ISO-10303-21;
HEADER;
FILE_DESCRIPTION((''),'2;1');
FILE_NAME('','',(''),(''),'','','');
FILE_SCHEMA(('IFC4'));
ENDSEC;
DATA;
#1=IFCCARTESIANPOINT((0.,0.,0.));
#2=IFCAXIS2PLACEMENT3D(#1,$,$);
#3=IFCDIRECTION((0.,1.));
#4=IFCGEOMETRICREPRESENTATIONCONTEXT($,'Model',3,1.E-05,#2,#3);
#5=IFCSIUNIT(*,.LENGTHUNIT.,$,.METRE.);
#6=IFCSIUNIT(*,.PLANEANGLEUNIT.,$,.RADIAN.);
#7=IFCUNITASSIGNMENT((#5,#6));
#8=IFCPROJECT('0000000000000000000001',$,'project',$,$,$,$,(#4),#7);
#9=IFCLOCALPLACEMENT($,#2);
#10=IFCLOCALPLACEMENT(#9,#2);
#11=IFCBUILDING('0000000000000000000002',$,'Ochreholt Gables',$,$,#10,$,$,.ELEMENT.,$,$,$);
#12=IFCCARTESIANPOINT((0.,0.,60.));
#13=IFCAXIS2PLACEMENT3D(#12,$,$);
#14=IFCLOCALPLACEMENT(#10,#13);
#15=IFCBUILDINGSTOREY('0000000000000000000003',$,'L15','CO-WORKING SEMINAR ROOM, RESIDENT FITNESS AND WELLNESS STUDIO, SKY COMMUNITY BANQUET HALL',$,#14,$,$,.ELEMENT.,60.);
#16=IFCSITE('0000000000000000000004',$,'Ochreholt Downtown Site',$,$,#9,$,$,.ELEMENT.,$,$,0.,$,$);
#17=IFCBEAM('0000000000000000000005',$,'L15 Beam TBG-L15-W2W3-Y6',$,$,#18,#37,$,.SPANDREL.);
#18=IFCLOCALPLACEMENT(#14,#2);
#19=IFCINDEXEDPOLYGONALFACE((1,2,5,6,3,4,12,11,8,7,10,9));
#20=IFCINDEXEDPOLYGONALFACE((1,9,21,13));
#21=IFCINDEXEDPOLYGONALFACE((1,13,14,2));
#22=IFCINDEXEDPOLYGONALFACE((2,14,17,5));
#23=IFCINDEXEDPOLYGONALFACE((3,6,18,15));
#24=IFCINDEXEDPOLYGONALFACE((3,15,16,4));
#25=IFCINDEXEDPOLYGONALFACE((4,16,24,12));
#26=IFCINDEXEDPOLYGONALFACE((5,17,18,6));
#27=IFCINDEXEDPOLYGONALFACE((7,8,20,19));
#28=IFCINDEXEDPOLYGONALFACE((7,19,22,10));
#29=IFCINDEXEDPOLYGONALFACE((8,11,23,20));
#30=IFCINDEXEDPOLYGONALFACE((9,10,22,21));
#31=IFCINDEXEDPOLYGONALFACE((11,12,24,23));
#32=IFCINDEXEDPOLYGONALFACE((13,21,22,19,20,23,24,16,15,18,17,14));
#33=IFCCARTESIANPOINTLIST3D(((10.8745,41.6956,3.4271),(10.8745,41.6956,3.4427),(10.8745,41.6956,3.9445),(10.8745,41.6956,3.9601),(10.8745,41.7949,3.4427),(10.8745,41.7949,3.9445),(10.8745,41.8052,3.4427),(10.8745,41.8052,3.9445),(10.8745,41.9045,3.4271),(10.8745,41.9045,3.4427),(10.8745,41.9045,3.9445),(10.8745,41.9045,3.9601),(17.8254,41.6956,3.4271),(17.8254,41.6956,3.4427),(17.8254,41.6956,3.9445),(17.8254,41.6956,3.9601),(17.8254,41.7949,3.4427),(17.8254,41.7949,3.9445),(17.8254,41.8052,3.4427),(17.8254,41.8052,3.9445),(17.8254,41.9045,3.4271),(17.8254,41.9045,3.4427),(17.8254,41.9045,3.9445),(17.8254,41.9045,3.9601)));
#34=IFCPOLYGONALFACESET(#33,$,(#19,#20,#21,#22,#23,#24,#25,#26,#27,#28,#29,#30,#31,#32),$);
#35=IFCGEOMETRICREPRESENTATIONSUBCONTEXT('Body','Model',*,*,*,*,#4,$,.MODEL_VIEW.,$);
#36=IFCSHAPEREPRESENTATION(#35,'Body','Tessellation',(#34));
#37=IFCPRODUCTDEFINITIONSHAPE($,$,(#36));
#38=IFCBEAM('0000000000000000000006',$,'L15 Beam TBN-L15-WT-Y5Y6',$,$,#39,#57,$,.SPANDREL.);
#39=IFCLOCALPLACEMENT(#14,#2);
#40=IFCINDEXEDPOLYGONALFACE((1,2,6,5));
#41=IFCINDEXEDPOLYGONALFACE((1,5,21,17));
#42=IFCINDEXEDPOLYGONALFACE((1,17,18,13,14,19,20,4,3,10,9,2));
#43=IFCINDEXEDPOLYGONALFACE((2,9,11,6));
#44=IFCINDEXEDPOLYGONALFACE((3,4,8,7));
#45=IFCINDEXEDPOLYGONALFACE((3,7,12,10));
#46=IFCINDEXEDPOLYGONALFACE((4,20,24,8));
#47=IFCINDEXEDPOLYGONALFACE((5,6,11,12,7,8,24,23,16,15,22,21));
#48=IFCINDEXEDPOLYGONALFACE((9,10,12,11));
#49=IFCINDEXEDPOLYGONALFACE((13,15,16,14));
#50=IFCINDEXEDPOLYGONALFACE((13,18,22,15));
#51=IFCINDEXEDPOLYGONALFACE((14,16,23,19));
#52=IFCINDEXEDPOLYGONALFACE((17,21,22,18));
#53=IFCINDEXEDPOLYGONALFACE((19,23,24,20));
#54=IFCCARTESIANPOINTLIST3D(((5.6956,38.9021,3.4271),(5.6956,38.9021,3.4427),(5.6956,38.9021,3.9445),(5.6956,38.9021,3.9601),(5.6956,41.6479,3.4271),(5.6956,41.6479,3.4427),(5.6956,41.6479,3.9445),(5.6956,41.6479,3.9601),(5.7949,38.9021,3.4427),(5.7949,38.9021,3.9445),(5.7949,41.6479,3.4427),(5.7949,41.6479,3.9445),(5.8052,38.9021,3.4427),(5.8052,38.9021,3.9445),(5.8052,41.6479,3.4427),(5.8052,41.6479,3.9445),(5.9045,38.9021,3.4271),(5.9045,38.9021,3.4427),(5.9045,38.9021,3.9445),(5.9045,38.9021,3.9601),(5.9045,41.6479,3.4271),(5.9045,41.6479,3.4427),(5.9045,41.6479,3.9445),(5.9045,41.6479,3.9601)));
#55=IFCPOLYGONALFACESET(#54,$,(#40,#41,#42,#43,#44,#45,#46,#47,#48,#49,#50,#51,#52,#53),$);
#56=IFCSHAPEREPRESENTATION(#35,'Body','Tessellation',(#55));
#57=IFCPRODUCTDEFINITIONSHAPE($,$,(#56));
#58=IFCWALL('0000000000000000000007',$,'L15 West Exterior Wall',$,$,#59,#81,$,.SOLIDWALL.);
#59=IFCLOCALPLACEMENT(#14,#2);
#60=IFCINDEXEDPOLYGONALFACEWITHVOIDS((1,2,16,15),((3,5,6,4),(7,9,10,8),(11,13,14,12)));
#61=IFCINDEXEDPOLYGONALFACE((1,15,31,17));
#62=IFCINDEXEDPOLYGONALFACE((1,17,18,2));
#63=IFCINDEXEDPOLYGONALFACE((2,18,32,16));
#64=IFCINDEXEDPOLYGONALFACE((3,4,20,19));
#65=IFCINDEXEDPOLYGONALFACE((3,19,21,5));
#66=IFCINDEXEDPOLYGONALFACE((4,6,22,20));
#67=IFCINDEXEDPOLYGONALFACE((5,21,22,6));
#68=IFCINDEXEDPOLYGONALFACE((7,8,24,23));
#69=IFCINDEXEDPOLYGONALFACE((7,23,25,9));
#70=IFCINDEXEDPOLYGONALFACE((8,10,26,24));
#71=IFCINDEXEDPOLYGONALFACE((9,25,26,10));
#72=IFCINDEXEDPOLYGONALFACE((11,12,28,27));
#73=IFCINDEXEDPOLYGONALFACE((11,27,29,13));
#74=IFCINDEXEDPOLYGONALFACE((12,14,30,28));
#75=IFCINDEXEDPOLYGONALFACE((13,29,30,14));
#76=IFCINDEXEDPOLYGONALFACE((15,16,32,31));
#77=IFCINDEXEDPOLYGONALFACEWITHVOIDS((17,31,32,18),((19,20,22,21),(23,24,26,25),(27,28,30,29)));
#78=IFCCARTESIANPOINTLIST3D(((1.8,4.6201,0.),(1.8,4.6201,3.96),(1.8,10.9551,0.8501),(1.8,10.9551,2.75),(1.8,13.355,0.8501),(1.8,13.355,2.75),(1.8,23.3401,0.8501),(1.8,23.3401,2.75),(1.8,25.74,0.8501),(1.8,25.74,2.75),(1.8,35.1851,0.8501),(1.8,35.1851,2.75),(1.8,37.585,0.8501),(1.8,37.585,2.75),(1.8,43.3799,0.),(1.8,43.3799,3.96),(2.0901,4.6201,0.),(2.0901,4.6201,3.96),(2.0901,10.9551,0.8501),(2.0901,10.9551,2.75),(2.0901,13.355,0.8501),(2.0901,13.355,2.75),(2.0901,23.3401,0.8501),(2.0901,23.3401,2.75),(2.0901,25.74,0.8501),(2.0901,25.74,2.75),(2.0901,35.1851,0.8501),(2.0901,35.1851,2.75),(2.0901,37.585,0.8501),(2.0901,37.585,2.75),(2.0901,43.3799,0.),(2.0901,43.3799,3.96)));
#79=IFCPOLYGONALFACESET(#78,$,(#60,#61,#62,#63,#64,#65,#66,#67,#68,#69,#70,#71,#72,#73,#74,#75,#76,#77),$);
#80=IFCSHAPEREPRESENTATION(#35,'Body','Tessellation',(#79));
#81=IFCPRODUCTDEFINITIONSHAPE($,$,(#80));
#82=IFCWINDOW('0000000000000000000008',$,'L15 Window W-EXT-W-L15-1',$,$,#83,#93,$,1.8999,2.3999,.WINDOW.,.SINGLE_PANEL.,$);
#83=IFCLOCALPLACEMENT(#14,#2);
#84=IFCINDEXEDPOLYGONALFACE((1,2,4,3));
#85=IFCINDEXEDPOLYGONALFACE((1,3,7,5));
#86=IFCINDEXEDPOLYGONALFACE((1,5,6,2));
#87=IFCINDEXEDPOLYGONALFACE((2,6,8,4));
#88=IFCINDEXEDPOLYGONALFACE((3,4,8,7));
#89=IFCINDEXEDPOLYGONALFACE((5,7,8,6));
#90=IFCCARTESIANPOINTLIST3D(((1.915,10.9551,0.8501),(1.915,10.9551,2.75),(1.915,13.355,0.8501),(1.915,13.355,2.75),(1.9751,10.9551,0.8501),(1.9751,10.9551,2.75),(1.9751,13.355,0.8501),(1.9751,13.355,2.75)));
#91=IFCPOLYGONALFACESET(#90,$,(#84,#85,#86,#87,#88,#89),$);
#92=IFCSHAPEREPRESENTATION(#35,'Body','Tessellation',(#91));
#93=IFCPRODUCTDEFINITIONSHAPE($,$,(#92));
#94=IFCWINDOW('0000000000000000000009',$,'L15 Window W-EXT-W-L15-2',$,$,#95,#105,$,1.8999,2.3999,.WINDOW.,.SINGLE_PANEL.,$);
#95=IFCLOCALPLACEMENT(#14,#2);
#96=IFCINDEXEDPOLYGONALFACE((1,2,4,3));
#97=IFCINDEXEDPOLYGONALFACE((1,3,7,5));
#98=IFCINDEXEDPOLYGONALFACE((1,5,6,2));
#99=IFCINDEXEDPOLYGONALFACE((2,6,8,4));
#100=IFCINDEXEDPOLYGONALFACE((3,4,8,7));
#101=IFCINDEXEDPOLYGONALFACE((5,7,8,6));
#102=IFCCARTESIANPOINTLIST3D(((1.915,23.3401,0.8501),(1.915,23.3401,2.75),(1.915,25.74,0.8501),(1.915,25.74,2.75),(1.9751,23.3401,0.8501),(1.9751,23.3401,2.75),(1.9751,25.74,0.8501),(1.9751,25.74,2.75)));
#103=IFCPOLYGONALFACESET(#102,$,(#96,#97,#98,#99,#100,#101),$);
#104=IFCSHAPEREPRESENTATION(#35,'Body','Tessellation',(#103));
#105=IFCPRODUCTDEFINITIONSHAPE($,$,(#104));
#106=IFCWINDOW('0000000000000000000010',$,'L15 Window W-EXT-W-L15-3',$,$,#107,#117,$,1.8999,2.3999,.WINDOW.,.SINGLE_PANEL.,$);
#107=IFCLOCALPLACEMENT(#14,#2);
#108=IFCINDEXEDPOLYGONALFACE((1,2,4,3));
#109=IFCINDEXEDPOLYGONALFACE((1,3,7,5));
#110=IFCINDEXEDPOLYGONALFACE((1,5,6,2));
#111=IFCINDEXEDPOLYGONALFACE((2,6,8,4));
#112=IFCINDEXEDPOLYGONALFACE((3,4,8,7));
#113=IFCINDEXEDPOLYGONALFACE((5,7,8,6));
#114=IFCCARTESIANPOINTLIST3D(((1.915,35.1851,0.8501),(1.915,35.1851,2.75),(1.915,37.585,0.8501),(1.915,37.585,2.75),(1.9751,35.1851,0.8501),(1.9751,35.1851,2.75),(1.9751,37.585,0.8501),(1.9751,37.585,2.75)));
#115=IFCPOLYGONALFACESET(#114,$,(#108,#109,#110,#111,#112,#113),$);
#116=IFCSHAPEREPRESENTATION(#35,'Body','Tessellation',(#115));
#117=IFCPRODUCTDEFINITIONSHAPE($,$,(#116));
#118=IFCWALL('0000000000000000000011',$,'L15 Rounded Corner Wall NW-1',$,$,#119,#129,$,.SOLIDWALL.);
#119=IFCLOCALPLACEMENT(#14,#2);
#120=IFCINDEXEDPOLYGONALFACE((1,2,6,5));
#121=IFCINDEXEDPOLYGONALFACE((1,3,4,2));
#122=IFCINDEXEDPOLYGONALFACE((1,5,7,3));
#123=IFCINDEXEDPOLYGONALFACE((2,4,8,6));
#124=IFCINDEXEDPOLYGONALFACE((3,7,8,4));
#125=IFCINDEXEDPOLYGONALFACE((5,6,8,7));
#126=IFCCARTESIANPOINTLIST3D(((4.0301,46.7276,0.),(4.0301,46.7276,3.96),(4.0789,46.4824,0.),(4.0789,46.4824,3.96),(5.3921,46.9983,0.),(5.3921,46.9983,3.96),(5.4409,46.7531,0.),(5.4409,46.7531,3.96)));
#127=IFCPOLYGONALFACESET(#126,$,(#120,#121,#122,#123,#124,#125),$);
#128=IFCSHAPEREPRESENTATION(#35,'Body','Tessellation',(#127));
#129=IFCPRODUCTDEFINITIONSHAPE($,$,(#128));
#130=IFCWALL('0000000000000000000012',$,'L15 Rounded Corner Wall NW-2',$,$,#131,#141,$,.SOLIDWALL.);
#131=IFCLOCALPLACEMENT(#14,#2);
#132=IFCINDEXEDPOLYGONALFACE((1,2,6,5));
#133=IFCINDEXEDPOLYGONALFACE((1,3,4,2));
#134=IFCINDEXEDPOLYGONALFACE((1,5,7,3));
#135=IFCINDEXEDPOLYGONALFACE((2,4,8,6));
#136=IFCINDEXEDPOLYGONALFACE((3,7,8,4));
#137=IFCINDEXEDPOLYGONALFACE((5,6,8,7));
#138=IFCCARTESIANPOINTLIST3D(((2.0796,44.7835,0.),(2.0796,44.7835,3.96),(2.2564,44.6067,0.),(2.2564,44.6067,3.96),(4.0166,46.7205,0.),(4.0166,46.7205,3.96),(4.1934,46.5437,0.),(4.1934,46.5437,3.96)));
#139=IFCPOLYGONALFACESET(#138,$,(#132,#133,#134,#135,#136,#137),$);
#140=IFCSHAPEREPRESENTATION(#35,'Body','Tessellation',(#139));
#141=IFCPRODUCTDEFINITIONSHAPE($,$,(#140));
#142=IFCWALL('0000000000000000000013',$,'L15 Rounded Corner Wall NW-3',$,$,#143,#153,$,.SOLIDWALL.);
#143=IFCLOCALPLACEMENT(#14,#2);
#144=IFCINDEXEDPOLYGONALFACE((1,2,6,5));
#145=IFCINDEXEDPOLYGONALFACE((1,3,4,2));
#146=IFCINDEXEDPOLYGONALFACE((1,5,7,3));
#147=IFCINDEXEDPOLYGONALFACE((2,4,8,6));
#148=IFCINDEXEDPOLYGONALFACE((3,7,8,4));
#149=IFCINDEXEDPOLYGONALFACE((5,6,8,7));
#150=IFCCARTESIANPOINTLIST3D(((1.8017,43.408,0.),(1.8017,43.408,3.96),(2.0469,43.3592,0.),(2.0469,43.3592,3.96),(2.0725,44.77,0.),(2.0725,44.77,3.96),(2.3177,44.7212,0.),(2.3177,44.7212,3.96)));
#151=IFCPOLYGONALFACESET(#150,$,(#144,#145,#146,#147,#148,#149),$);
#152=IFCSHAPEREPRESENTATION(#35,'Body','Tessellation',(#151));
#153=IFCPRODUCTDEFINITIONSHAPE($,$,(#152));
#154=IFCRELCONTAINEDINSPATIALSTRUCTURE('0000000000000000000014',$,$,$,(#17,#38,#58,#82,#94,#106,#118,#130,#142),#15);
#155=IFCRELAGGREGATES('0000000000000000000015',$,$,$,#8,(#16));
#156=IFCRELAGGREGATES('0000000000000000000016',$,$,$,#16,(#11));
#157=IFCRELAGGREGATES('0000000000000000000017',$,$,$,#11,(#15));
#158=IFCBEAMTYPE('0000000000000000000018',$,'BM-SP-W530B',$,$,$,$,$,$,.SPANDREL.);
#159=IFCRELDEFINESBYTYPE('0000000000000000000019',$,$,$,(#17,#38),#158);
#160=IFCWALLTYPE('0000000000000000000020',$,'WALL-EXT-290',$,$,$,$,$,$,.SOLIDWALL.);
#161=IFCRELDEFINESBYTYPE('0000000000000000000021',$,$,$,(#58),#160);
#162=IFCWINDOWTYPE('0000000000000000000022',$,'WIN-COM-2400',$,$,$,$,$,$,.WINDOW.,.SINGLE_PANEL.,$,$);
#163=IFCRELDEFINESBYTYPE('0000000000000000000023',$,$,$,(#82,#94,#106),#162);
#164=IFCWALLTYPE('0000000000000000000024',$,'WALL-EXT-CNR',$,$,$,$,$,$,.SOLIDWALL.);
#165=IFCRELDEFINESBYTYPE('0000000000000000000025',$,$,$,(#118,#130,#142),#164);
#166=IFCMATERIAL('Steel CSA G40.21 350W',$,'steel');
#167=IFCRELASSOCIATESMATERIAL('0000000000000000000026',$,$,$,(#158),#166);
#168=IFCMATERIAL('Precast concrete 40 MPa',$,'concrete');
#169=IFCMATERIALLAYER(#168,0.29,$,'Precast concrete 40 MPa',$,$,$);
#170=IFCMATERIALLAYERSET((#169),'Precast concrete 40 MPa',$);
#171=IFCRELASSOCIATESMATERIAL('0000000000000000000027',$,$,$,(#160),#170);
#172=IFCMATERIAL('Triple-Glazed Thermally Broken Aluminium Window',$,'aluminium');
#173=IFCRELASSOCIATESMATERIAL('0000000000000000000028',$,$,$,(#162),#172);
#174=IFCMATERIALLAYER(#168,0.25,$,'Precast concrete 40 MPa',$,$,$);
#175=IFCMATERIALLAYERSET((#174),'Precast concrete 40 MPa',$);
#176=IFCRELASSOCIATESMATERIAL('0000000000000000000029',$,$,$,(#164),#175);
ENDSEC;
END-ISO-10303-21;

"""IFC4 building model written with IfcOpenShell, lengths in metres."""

from ifc_helpers import new_model, si_unit, direction, frame, frame_2d, origin, origin_2d, place, context, subcontext, project, spatial, rectangle, i_section, extrude, material, layer, layer_set, material_profile, profile_set, type_object, element, fill, save


model = new_model("IFC4")

# Units and contexts
model_context = context("Model", 3, precision=1e-05, world=origin(), true_north=direction((0.0, 1.0)))
body_context = subcontext(model_context, "Body", "Model", "MODEL_VIEW")
ifc_project = project(units=[si_unit("LENGTHUNIT", "METRE"), si_unit("PLANEANGLEUNIT", "RADIAN")], contexts=[model_context])

# Site, building, storey
site_placement = place(None, origin())
site = spatial("IfcSite", under=ifc_project, at=site_placement, Name="Ochreholt Downtown Site", CompositionType="ELEMENT", RefElevation=0.0)
building_placement = place(site_placement, origin())
building = spatial("IfcBuilding", under=site, at=building_placement, Name="Ochreholt Gables", CompositionType="ELEMENT")
storey_placement = place(building_placement, frame((0.0, 0.0, 60.0)))
storey = spatial("IfcBuildingStorey", under=building, at=storey_placement, Name="L15", Description="CO-WORKING SEMINAR ROOM, RESIDENT FITNESS AND WELLNESS STUDIO, SKY COMMUNITY BANQUET HALL", CompositionType="ELEMENT", Elevation=60.0)

# Shared definitions
ifc_material_1 = material(Name="Steel CSA G40.21 350W", Category="steel")

# Beams
ifc_material_profile_1 = material_profile(ifc_material_1, i_section(OverallWidth=0.209, OverallDepth=0.533, WebThickness=0.0103, FlangeThickness=0.0156, at=origin_2d()), Name="W530X92")
ifc_profile_set_1 = profile_set([ifc_material_profile_1], Name="Steel CSA G40.21 350W")
beam_type_1 = type_object("IfcBeamType", Name="BM-SP-W530B", PredefinedType="SPANDREL", material=ifc_profile_set_1)
beam_1_placement = place(storey_placement, frame((10.8745, 41.8, 3.6936), z_axis=(1.0, 0.0, 0.0), x_axis=(0.0, 1.0, 0.0)))
element("IfcBeam", 1, at=beam_1_placement, inside=storey, type_object=beam_type_1, Name="L15 Beam TBG-L15-W2W3-Y6", PredefinedType="SPANDREL", context=body_context, shape_type="SweptSolid", body=[
    extrude(i_section(OverallWidth=0.209, OverallDepth=0.533, WebThickness=0.0103, FlangeThickness=0.0156, at=origin_2d()), origin(), (0.0, 0.0, 1.0), 6.9509),
])
beam_2_placement = place(storey_placement, frame((5.8, 38.9021, 3.6936), z_axis=(0.0, 1.0, 0.0), x_axis=(-1.0, 0.0, 0.0)))
element("IfcBeam", 2, at=beam_2_placement, inside=storey, type_object=beam_type_1, Name="L15 Beam TBN-L15-WT-Y5Y6", PredefinedType="SPANDREL", context=body_context, shape_type="SweptSolid", body=[
    extrude(i_section(OverallWidth=0.209, OverallDepth=0.533, WebThickness=0.0103, FlangeThickness=0.0156, at=origin_2d()), origin(), (0.0, 0.0, 1.0), 2.7458),
])

# Wall, openings, windows
ifc_material_2 = material(Name="Precast concrete 40 MPa", Category="concrete")
ifc_layer_1 = layer(ifc_material_2, 0.29, Name="Precast concrete 40 MPa")
ifc_layer_set_1 = layer_set([ifc_layer_1], Name="Precast concrete 40 MPa")
wall_type_1 = type_object("IfcWallType", Name="WALL-EXT-290", PredefinedType="SOLIDWALL", material=ifc_layer_set_1)
wall_1_placement = place(storey_placement, frame((1.9451, 43.3799, 0.0), z_axis=(0.0, 0.0, 1.0), x_axis=(0.0, -1.0, 0.0)))
wall_1 = element("IfcWall", 3, at=wall_1_placement, inside=storey, type_object=wall_type_1, Name="L15 West Exterior Wall", PredefinedType="SOLIDWALL", context=body_context, shape_type="SweptSolid", body=[
    extrude(rectangle(XDim=38.7598, YDim=0.29, at=frame_2d((19.3799, 0.0))), origin(), (0.0, 0.0, 1.0), 3.96),
])
opening_1_placement = place(wall_1_placement, frame((30.0249, 0.0, 0.8501)))
opening_1 = element("IfcOpeningElement", 4, at=opening_1_placement, cuts=wall_1, PredefinedType="OPENING", context=body_context, shape_type="SweptSolid", body=[
    extrude(rectangle(XDim=2.3999, YDim=1.8999, at=frame_2d((1.2, 0.95))), frame((0.0, 0.155, 0.0), z_axis=(0.0, -1.0, 0.0), x_axis=(1.0, 0.0, 0.0)), (0.0, 0.0, 1.0), 0.3101),
])
opening_2_placement = place(wall_1_placement, frame((17.6399, 0.0, 0.8501)))
opening_2 = element("IfcOpeningElement", 5, at=opening_2_placement, cuts=wall_1, PredefinedType="OPENING", context=body_context, shape_type="SweptSolid", body=[
    extrude(rectangle(XDim=2.3999, YDim=1.8999, at=frame_2d((1.2, 0.95))), frame((0.0, 0.155, 0.0), z_axis=(0.0, -1.0, 0.0), x_axis=(1.0, 0.0, 0.0)), (0.0, 0.0, 1.0), 0.3101),
])
opening_3_placement = place(wall_1_placement, frame((5.7949, 0.0, 0.8501)))
opening_3 = element("IfcOpeningElement", 6, at=opening_3_placement, cuts=wall_1, PredefinedType="OPENING", context=body_context, shape_type="SweptSolid", body=[
    extrude(rectangle(XDim=2.3999, YDim=1.8999, at=frame_2d((1.2, 0.95))), frame((0.0, 0.155, 0.0), z_axis=(0.0, -1.0, 0.0), x_axis=(1.0, 0.0, 0.0)), (0.0, 0.0, 1.0), 0.3101),
])
ifc_material_3 = material(Name="Triple-Glazed Thermally Broken Aluminium Window", Category="aluminium")
window_type = type_object("IfcWindowType", Name="WIN-COM-2400", PartitioningType="SINGLE_PANEL", PredefinedType="WINDOW", material=ifc_material_3)
window_1_placement = place(opening_1_placement, origin())
window_1 = element("IfcWindow", 7, at=window_1_placement, inside=storey, type_object=window_type, Name="L15 Window W-EXT-W-L15-1", OverallHeight=1.8999, OverallWidth=2.3999, PartitioningType="SINGLE_PANEL", PredefinedType="WINDOW", context=body_context, shape_type="SweptSolid", body=[
    extrude(rectangle(XDim=2.3999, YDim=1.8999, at=frame_2d((1.2, 0.95))), frame((0.0, 0.03, 0.0), z_axis=(0.0, -1.0, 0.0), x_axis=(1.0, 0.0, 0.0)), (0.0, 0.0, 1.0), 0.0601),
])
fill(opening_1, window_1)
window_2_placement = place(opening_2_placement, origin())
window_2 = element("IfcWindow", 8, at=window_2_placement, inside=storey, type_object=window_type, Name="L15 Window W-EXT-W-L15-2", OverallHeight=1.8999, OverallWidth=2.3999, PartitioningType="SINGLE_PANEL", PredefinedType="WINDOW", context=body_context, shape_type="SweptSolid", body=[
    extrude(rectangle(XDim=2.3999, YDim=1.8999, at=frame_2d((1.2, 0.95))), frame((0.0, 0.03, 0.0), z_axis=(0.0, -1.0, 0.0), x_axis=(1.0, 0.0, 0.0)), (0.0, 0.0, 1.0), 0.0601),
])
fill(opening_2, window_2)
window_3_placement = place(opening_3_placement, origin())
window_3 = element("IfcWindow", 9, at=window_3_placement, inside=storey, type_object=window_type, Name="L15 Window W-EXT-W-L15-3", OverallHeight=1.8999, OverallWidth=2.3999, PartitioningType="SINGLE_PANEL", PredefinedType="WINDOW", context=body_context, shape_type="SweptSolid", body=[
    extrude(rectangle(XDim=2.3999, YDim=1.8999, at=frame_2d((1.2, 0.95))), frame((0.0, 0.03, 0.0), z_axis=(0.0, -1.0, 0.0), x_axis=(1.0, 0.0, 0.0)), (0.0, 0.0, 1.0), 0.0601),
])
fill(opening_3, window_3)

# Walls
ifc_layer_2 = layer(ifc_material_2, 0.25, Name="Precast concrete 40 MPa")
ifc_layer_set_2 = layer_set([ifc_layer_2], Name="Precast concrete 40 MPa")
wall_type_2 = type_object("IfcWallType", Name="WALL-EXT-CNR", PredefinedType="SOLIDWALL", material=ifc_layer_set_2)
wall_2_placement = place(storey_placement, frame((5.4165, 46.8757, 0.0), z_axis=(0.0, 0.0, 1.0), x_axis=(-0.98081, -0.194967, 0.0)))
element("IfcWall", 10, at=wall_2_placement, inside=storey, type_object=wall_type_2, Name="L15 Rounded Corner Wall NW-1", PredefinedType="SOLIDWALL", context=body_context, shape_type="SweptSolid", body=[
    extrude(rectangle(XDim=1.3887, YDim=0.25, at=frame_2d((0.6943, 0.0))), origin(), (0.0, 0.0, 1.0), 3.96),
])
wall_3_placement = place(storey_placement, frame((4.105, 46.6321, 0.0), z_axis=(0.0, 0.0, 1.0), x_axis=(-0.707107, -0.707107, 0.0)))
element("IfcWall", 11, at=wall_3_placement, inside=storey, type_object=wall_type_2, Name="L15 Rounded Corner Wall NW-2", PredefinedType="SOLIDWALL", context=body_context, shape_type="SweptSolid", body=[
    extrude(rectangle(XDim=2.7393, YDim=0.25, at=frame_2d((1.3696, 0.0))), origin(), (0.0, 0.0, 1.0), 3.96),
])
wall_4_placement = place(storey_placement, frame((2.1951, 44.7456, 0.0), z_axis=(0.0, 0.0, 1.0), x_axis=(-0.194967, -0.98081, 0.0)))
element("IfcWall", 12, at=wall_4_placement, inside=storey, type_object=wall_type_2, Name="L15 Rounded Corner Wall NW-3", PredefinedType="SOLIDWALL", context=body_context, shape_type="SweptSolid", body=[
    extrude(rectangle(XDim=1.3887, YDim=0.25, at=frame_2d((0.6943, 0.0))), origin(), (0.0, 0.0, 1.0), 3.96),
])

save(model, "model.ifc")
